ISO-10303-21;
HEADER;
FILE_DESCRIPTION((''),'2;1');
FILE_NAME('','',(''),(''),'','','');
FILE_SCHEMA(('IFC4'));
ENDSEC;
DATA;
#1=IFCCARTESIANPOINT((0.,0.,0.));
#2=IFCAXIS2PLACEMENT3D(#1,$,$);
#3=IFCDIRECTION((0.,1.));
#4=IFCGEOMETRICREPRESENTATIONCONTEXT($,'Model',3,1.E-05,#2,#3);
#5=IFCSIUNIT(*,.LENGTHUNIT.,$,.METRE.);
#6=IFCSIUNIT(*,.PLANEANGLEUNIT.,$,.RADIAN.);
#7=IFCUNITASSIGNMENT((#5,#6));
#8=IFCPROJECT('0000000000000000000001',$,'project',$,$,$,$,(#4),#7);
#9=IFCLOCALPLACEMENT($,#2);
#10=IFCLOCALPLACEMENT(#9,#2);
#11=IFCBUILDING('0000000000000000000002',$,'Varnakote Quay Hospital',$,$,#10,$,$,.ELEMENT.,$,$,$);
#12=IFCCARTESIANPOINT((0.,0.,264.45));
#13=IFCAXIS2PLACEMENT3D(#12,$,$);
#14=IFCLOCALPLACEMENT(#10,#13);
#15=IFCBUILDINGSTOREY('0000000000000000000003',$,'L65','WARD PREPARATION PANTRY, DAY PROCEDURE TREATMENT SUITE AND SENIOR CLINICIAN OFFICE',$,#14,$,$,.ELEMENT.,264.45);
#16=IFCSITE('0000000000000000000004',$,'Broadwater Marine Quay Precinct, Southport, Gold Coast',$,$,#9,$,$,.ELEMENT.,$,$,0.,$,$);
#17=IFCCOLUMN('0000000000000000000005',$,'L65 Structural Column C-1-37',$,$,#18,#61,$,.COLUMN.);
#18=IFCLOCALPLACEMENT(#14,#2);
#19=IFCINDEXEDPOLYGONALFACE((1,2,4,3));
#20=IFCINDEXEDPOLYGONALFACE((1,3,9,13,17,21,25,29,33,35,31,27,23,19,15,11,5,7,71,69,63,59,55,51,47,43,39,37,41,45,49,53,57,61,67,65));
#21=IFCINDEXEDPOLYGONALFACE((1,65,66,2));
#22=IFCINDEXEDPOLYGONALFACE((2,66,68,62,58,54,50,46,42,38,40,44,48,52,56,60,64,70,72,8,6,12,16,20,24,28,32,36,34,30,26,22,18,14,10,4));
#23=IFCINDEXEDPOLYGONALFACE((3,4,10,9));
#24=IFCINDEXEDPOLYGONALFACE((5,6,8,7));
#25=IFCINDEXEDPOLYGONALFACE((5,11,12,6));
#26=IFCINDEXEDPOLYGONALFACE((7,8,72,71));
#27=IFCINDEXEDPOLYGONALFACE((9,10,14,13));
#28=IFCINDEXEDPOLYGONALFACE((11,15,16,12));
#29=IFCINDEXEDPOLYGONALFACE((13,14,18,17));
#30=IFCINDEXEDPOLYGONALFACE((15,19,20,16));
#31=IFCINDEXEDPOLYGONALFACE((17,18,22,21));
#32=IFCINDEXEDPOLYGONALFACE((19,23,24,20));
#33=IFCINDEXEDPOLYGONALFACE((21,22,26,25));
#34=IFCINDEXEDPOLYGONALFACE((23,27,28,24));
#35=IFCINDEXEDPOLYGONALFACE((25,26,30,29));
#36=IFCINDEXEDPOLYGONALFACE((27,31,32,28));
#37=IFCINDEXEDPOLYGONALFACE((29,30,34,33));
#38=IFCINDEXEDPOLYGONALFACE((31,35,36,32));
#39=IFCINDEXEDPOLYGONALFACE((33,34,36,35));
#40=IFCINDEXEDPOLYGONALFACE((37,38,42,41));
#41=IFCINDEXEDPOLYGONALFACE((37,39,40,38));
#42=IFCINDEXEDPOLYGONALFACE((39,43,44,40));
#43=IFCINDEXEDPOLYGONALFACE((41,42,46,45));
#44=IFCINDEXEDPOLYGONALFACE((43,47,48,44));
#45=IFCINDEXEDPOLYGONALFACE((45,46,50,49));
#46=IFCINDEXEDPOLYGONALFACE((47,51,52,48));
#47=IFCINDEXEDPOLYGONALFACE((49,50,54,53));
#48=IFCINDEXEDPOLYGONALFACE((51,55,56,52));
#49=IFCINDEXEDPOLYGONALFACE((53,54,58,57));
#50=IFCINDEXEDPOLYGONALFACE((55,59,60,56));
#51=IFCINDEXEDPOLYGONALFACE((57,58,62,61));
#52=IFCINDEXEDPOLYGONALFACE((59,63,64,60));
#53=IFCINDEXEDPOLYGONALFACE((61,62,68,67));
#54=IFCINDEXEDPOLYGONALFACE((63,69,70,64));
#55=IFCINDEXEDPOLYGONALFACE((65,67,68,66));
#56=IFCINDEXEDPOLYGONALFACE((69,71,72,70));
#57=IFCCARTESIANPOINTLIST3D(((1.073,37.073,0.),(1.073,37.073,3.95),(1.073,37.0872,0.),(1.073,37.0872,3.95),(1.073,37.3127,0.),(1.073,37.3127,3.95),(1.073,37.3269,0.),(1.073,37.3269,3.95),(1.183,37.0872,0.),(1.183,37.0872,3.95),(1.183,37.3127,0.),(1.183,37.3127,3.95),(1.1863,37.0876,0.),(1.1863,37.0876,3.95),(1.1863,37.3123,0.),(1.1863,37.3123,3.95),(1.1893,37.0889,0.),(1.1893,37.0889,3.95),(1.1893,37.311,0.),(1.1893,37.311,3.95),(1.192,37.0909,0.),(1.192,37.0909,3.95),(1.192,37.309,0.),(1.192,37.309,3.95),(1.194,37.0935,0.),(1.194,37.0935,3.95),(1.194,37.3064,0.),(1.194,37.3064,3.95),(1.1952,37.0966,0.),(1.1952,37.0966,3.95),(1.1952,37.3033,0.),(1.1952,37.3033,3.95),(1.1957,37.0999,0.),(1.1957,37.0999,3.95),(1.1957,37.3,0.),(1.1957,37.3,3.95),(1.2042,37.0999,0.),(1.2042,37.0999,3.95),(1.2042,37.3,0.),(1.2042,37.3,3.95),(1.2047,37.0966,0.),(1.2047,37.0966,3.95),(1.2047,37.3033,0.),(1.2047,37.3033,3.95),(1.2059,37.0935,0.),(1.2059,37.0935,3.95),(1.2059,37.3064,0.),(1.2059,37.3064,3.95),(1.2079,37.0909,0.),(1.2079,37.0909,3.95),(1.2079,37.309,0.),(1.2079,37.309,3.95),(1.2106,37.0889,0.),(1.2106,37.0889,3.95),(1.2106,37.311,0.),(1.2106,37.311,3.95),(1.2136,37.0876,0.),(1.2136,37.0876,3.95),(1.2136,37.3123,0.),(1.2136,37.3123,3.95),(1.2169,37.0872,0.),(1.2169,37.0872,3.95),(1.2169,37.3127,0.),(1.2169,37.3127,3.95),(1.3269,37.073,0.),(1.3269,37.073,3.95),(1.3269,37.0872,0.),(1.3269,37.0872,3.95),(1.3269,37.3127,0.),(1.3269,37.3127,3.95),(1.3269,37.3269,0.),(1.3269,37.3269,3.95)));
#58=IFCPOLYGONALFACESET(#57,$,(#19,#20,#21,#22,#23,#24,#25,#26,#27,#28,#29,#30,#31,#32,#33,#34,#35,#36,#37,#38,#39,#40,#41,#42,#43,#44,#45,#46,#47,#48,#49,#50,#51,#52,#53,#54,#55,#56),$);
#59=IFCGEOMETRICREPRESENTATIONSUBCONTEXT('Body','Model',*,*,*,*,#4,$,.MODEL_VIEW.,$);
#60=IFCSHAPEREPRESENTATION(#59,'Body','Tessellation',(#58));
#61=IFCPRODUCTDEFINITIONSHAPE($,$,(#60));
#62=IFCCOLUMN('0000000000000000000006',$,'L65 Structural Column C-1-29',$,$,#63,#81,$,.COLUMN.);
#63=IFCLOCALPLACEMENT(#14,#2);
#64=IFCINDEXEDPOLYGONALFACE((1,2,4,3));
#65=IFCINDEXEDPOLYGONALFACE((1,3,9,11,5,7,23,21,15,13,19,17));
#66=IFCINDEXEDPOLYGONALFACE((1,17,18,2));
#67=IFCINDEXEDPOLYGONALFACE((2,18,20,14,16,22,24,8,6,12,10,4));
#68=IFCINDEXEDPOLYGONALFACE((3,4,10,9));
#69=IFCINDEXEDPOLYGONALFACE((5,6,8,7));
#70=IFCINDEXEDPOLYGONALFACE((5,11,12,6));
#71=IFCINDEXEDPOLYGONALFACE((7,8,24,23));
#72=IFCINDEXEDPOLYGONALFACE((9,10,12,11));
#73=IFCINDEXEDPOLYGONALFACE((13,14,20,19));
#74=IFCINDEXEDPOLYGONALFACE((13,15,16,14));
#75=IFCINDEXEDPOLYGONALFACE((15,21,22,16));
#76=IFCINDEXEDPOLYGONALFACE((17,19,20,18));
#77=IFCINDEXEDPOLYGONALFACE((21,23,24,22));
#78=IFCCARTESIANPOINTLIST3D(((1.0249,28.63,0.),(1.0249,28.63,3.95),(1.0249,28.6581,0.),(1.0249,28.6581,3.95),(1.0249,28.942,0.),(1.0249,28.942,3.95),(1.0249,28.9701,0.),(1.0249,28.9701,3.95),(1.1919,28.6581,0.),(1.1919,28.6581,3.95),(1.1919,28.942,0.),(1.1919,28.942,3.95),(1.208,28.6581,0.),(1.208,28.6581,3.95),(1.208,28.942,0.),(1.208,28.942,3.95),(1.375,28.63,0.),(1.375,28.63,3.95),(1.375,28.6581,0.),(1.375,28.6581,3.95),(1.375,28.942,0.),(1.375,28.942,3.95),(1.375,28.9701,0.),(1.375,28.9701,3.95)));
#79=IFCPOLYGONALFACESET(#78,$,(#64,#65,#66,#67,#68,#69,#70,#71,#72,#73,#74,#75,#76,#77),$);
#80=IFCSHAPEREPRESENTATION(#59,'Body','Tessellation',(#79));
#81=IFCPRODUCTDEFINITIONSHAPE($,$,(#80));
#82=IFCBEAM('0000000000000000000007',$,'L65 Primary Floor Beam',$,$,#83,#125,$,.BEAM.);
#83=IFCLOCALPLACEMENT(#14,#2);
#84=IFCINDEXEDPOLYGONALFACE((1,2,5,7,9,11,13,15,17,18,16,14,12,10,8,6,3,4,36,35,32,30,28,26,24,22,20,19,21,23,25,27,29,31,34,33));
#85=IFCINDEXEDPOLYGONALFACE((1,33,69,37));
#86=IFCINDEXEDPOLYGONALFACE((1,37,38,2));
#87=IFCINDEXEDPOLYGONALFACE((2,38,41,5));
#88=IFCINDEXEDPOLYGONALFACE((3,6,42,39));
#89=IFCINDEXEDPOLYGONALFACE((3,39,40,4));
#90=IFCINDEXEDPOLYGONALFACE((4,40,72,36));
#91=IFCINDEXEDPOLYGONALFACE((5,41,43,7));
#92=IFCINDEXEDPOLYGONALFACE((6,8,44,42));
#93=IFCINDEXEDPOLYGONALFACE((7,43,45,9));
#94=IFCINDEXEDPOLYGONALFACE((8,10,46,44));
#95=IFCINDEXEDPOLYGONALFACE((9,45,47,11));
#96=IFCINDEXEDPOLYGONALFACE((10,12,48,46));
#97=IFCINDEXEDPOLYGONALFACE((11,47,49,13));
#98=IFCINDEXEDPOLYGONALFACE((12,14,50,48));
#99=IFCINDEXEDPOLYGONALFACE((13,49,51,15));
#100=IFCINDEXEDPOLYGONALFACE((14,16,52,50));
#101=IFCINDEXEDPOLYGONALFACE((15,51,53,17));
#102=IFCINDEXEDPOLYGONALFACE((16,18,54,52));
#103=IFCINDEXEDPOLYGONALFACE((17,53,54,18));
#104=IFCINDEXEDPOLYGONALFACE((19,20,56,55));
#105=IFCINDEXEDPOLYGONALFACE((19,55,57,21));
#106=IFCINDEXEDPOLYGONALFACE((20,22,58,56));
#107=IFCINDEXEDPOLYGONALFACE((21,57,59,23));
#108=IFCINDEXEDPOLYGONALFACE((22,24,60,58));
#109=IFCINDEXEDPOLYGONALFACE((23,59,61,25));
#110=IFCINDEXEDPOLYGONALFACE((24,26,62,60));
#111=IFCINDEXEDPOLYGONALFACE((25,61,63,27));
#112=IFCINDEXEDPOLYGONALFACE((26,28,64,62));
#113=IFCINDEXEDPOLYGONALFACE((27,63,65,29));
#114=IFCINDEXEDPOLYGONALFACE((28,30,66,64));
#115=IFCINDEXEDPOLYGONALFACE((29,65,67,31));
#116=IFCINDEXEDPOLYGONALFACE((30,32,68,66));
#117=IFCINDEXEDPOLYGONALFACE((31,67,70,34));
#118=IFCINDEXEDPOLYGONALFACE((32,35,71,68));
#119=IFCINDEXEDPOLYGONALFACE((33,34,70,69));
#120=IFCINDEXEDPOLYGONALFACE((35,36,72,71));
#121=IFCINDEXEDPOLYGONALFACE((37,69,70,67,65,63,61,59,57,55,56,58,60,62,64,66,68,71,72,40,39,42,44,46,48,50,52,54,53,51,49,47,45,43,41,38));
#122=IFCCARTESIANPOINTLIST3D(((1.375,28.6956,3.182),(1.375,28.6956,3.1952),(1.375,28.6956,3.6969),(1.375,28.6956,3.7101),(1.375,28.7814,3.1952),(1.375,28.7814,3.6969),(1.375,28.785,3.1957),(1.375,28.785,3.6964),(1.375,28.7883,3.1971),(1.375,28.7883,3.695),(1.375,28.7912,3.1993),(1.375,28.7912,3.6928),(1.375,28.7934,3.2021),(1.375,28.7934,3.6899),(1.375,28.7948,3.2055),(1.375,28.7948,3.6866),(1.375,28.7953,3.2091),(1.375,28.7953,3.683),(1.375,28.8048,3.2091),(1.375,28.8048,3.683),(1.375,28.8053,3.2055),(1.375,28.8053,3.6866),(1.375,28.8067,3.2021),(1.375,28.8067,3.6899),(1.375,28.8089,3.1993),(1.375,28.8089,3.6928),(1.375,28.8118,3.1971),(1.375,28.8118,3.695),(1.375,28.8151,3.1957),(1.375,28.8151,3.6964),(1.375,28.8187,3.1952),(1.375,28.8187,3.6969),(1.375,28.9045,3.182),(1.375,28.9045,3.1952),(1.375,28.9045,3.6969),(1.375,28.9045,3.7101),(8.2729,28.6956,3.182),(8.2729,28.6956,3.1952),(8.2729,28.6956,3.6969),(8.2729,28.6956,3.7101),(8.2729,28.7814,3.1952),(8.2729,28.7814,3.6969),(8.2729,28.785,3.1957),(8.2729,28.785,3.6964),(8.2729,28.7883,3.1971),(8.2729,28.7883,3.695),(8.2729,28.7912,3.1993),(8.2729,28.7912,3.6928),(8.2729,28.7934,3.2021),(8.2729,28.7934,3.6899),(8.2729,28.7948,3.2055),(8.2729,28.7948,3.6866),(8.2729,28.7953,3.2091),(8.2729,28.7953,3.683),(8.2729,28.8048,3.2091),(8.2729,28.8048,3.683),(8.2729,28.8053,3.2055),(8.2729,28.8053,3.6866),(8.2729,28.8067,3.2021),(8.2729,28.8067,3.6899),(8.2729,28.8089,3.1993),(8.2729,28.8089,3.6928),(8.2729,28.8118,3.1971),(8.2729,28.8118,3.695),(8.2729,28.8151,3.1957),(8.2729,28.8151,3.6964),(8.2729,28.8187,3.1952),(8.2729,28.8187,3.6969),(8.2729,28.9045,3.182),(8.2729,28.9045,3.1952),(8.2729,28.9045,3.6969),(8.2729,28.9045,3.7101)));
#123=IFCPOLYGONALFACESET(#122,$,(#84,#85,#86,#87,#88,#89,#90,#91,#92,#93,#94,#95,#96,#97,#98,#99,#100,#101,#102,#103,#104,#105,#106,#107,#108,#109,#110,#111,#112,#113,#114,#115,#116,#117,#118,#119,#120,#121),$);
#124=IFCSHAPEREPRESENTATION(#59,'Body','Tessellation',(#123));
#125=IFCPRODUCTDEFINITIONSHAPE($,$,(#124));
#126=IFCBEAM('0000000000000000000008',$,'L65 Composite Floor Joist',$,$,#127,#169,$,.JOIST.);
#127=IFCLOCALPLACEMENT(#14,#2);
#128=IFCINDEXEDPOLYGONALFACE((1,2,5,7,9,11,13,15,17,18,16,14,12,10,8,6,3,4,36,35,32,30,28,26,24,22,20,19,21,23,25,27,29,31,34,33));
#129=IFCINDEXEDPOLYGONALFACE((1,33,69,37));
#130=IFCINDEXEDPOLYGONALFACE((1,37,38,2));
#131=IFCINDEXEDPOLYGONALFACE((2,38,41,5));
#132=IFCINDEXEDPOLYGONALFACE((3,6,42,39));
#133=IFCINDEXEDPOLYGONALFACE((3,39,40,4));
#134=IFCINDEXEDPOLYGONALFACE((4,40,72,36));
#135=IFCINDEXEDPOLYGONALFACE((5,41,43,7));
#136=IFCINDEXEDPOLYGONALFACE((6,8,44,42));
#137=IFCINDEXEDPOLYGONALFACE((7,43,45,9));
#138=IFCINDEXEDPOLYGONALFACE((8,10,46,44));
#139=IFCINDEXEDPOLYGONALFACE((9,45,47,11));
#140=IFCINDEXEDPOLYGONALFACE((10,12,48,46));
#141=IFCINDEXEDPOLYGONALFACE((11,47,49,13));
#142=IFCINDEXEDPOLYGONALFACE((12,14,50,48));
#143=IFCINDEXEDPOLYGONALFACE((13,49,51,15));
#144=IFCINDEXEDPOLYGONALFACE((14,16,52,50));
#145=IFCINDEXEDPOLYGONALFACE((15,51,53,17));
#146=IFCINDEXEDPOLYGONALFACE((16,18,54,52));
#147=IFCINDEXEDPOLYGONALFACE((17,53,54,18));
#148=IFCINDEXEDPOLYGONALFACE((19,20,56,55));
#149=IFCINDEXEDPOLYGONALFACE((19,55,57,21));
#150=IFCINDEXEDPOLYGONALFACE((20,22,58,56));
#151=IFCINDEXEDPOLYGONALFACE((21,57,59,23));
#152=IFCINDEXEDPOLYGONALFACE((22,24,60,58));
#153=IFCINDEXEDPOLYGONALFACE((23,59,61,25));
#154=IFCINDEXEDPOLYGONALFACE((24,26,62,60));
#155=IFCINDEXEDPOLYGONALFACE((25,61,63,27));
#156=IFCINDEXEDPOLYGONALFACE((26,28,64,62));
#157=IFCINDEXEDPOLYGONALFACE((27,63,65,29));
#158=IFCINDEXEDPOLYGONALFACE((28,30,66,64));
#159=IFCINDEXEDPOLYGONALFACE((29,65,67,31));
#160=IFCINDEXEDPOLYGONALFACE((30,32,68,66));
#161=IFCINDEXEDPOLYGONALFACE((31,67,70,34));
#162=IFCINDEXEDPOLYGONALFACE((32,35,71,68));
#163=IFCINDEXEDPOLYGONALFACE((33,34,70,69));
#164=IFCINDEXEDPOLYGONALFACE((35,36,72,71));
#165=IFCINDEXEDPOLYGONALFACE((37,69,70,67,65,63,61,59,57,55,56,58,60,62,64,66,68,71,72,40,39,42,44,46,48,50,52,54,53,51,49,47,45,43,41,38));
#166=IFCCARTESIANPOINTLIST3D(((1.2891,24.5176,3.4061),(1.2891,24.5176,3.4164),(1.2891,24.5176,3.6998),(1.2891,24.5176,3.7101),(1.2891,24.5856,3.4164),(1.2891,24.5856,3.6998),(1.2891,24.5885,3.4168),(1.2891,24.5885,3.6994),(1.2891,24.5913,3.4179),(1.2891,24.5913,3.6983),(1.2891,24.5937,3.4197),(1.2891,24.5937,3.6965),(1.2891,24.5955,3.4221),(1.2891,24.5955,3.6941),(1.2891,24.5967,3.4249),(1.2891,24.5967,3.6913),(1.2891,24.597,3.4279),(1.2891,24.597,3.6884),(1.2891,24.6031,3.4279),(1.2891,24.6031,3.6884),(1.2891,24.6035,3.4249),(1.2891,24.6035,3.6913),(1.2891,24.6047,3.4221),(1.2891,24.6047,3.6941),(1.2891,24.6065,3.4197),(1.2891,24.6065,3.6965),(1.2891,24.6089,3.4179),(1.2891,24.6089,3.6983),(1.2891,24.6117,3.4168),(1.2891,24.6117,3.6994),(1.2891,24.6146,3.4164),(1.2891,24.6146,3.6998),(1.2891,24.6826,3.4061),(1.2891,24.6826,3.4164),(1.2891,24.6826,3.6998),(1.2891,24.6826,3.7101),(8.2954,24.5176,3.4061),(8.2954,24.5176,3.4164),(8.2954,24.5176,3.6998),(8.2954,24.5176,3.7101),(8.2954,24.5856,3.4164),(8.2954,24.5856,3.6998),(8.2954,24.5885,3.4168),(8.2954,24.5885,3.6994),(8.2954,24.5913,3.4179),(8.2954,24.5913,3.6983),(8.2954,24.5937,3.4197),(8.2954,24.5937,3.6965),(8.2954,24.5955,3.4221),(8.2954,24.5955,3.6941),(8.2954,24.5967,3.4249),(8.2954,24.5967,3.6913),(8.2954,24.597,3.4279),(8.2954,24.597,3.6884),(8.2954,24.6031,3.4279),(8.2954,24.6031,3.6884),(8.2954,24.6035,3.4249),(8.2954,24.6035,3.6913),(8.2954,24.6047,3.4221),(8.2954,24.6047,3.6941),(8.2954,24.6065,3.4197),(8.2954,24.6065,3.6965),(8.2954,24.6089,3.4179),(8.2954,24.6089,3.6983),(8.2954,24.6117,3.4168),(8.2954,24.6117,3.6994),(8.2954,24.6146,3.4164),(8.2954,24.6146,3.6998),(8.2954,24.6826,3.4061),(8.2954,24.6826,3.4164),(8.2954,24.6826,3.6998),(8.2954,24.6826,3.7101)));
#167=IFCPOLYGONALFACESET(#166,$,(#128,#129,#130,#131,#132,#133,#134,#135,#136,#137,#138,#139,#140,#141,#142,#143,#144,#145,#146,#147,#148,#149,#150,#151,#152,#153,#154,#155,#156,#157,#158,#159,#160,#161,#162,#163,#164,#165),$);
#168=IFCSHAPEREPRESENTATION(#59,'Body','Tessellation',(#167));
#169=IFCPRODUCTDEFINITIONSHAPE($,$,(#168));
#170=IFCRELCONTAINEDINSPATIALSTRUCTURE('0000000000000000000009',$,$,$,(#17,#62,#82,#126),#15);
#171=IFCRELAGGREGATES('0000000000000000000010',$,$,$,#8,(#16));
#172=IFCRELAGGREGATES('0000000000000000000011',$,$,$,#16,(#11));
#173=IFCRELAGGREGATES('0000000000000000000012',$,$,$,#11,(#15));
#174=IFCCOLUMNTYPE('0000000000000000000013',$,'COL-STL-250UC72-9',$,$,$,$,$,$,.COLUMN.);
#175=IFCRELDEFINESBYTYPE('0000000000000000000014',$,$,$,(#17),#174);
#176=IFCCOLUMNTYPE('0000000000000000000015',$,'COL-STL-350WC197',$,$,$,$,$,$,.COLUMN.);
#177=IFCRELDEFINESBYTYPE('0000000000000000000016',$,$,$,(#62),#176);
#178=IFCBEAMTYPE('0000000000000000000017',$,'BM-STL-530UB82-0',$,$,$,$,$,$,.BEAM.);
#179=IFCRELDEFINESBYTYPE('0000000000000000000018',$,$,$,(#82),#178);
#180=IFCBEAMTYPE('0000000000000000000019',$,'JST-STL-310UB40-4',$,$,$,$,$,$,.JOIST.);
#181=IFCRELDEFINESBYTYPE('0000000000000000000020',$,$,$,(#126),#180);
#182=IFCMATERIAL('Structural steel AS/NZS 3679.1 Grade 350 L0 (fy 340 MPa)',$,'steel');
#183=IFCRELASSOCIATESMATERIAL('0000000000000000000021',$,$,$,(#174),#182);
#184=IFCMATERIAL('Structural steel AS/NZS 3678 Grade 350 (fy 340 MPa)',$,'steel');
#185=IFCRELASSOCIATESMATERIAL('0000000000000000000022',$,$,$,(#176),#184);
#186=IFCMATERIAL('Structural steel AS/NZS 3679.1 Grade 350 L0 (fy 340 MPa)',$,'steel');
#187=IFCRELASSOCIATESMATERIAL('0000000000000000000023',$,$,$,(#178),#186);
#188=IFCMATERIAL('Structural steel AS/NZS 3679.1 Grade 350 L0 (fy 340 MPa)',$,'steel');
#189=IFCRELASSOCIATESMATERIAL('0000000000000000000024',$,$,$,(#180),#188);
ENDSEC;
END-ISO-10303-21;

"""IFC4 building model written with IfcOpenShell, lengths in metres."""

from ifc_helpers import new_model, si_unit, direction, frame, origin, origin_2d, place, context, subcontext, project, spatial, i_section, extrude, material, material_profile, profile_set, type_object, element, save


model = new_model("IFC4")

# Units and contexts
model_context = context("Model", 3, precision=1e-05, world=origin(), true_north=direction((0.0, 1.0)))
body_context = subcontext(model_context, "Body", "Model", "MODEL_VIEW")
ifc_project = project(units=[si_unit("LENGTHUNIT", "METRE"), si_unit("PLANEANGLEUNIT", "RADIAN")], contexts=[model_context])

# Site, building, storey
site_placement = place(None, origin())
site = spatial("IfcSite", under=ifc_project, at=site_placement, Name="Broadwater Marine Quay Precinct, Southport, Gold Coast", CompositionType="ELEMENT", RefElevation=0.0)
building_placement = place(site_placement, origin())
building = spatial("IfcBuilding", under=site, at=building_placement, Name="Varnakote Quay Hospital", CompositionType="ELEMENT")
storey_placement = place(building_placement, frame((0.0, 0.0, 264.45)))
storey = spatial("IfcBuildingStorey", under=building, at=storey_placement, Name="L65", Description="WARD PREPARATION PANTRY, DAY PROCEDURE TREATMENT SUITE AND SENIOR CLINICIAN OFFICE", CompositionType="ELEMENT", Elevation=264.45)

# Columns
ifc_material_1 = material(Name="Structural steel AS/NZS 3679.1 Grade 350 L0 (fy 340 MPa)", Category="steel")
ifc_material_profile_1 = material_profile(ifc_material_1, i_section(OverallWidth=0.2539, OverallDepth=0.2539, WebThickness=0.0085, FlangeThickness=0.0142, FilletRadius=0.0127, at=origin_2d()), Name="250UC72.9")
ifc_profile_set_1 = profile_set([ifc_material_profile_1], Name="Structural steel AS/NZS 3679.1 Grade 350 L0 (fy 340 MPa)")
column_type_1 = type_object("IfcColumnType", Name="COL-STL-250UC72-9", PredefinedType="COLUMN", material=ifc_profile_set_1)
column_1_placement = place(storey_placement, frame((1.2, 37.2, 0.0), z_axis=(0.0, 0.0, 1.0), x_axis=(1.0, 0.0, 0.0)))
element("IfcColumn", 1, at=column_1_placement, inside=storey, type_object=column_type_1, Name="L65 Structural Column C-1-37", PredefinedType="COLUMN", context=body_context, shape_type="SweptSolid", body=[
    extrude(i_section(OverallWidth=0.2539, OverallDepth=0.2539, WebThickness=0.0085, FlangeThickness=0.0142, FilletRadius=0.0127, at=origin_2d()), origin(), (0.0, 0.0, 1.0), 3.95),
])
ifc_material_2 = material(Name="Structural steel AS/NZS 3678 Grade 350 (fy 340 MPa)", Category="steel")
ifc_material_profile_2 = material_profile(ifc_material_2, i_section(OverallWidth=0.3501, OverallDepth=0.3401, WebThickness=0.0161, FlangeThickness=0.0281, at=origin_2d()), Name="350WC197")
ifc_profile_set_2 = profile_set([ifc_material_profile_2], Name="Structural steel AS/NZS 3678 Grade 350 (fy 340 MPa)")
column_type_2 = type_object("IfcColumnType", Name="COL-STL-350WC197", PredefinedType="COLUMN", material=ifc_profile_set_2)
column_2_placement = place(storey_placement, frame((1.2, 28.8, 0.0), z_axis=(0.0, 0.0, 1.0), x_axis=(1.0, 0.0, 0.0)))
element("IfcColumn", 2, at=column_2_placement, inside=storey, type_object=column_type_2, Name="L65 Structural Column C-1-29", PredefinedType="COLUMN", context=body_context, shape_type="SweptSolid", body=[
    extrude(i_section(OverallWidth=0.3501, OverallDepth=0.3401, WebThickness=0.0161, FlangeThickness=0.0281, at=origin_2d()), origin(), (0.0, 0.0, 1.0), 3.95),
])

# Beams
ifc_material_3 = material(Name="Structural steel AS/NZS 3679.1 Grade 350 L0 (fy 340 MPa)", Category="steel")
ifc_material_profile_3 = material_profile(ifc_material_3, i_section(OverallWidth=0.209, OverallDepth=0.5281, WebThickness=0.0095, FlangeThickness=0.0132, FilletRadius=0.0139, at=origin_2d()), Name="530UB82.0")
ifc_profile_set_3 = profile_set([ifc_material_profile_3], Name="Structural steel AS/NZS 3679.1 Grade 350 L0 (fy 340 MPa)")
beam_type_1 = type_object("IfcBeamType", Name="BM-STL-530UB82-0", PredefinedType="BEAM", material=ifc_profile_set_3)
beam_1_placement = place(storey_placement, frame((1.375, 28.8, 3.446), z_axis=(1.0, 0.0, 0.0), x_axis=(0.0, 1.0, 0.0)))
element("IfcBeam", 3, at=beam_1_placement, inside=storey, type_object=beam_type_1, Name="L65 Primary Floor Beam", PredefinedType="BEAM", context=body_context, shape_type="SweptSolid", body=[
    extrude(i_section(OverallWidth=0.209, OverallDepth=0.5281, WebThickness=0.0095, FlangeThickness=0.0132, FilletRadius=0.0139, at=origin_2d()), origin(), (0.0, 0.0, 1.0), 6.8979),
])
ifc_material_4 = material(Name="Structural steel AS/NZS 3679.1 Grade 350 L0 (fy 340 MPa)", Category="steel")
ifc_material_profile_4 = material_profile(ifc_material_4, i_section(OverallWidth=0.165, OverallDepth=0.304, WebThickness=0.0061, FlangeThickness=0.0103, FilletRadius=0.0115, at=origin_2d()), Name="310UB40.4")
ifc_profile_set_4 = profile_set([ifc_material_profile_4], Name="Structural steel AS/NZS 3679.1 Grade 350 L0 (fy 340 MPa)")
beam_type_2 = type_object("IfcBeamType", Name="JST-STL-310UB40-4", PredefinedType="JOIST", material=ifc_profile_set_4)
beam_2_placement = place(storey_placement, frame((1.2891, 24.6001, 3.5581), z_axis=(1.0, 0.0, 0.0), x_axis=(0.0, 1.0, 0.0)))
element("IfcBeam", 4, at=beam_2_placement, inside=storey, type_object=beam_type_2, Name="L65 Composite Floor Joist", PredefinedType="JOIST", context=body_context, shape_type="SweptSolid", body=[
    extrude(i_section(OverallWidth=0.165, OverallDepth=0.304, WebThickness=0.0061, FlangeThickness=0.0103, FilletRadius=0.0115, at=origin_2d()), origin(), (0.0, 0.0, 1.0), 7.0063),
])

save(model, "model.ifc")
